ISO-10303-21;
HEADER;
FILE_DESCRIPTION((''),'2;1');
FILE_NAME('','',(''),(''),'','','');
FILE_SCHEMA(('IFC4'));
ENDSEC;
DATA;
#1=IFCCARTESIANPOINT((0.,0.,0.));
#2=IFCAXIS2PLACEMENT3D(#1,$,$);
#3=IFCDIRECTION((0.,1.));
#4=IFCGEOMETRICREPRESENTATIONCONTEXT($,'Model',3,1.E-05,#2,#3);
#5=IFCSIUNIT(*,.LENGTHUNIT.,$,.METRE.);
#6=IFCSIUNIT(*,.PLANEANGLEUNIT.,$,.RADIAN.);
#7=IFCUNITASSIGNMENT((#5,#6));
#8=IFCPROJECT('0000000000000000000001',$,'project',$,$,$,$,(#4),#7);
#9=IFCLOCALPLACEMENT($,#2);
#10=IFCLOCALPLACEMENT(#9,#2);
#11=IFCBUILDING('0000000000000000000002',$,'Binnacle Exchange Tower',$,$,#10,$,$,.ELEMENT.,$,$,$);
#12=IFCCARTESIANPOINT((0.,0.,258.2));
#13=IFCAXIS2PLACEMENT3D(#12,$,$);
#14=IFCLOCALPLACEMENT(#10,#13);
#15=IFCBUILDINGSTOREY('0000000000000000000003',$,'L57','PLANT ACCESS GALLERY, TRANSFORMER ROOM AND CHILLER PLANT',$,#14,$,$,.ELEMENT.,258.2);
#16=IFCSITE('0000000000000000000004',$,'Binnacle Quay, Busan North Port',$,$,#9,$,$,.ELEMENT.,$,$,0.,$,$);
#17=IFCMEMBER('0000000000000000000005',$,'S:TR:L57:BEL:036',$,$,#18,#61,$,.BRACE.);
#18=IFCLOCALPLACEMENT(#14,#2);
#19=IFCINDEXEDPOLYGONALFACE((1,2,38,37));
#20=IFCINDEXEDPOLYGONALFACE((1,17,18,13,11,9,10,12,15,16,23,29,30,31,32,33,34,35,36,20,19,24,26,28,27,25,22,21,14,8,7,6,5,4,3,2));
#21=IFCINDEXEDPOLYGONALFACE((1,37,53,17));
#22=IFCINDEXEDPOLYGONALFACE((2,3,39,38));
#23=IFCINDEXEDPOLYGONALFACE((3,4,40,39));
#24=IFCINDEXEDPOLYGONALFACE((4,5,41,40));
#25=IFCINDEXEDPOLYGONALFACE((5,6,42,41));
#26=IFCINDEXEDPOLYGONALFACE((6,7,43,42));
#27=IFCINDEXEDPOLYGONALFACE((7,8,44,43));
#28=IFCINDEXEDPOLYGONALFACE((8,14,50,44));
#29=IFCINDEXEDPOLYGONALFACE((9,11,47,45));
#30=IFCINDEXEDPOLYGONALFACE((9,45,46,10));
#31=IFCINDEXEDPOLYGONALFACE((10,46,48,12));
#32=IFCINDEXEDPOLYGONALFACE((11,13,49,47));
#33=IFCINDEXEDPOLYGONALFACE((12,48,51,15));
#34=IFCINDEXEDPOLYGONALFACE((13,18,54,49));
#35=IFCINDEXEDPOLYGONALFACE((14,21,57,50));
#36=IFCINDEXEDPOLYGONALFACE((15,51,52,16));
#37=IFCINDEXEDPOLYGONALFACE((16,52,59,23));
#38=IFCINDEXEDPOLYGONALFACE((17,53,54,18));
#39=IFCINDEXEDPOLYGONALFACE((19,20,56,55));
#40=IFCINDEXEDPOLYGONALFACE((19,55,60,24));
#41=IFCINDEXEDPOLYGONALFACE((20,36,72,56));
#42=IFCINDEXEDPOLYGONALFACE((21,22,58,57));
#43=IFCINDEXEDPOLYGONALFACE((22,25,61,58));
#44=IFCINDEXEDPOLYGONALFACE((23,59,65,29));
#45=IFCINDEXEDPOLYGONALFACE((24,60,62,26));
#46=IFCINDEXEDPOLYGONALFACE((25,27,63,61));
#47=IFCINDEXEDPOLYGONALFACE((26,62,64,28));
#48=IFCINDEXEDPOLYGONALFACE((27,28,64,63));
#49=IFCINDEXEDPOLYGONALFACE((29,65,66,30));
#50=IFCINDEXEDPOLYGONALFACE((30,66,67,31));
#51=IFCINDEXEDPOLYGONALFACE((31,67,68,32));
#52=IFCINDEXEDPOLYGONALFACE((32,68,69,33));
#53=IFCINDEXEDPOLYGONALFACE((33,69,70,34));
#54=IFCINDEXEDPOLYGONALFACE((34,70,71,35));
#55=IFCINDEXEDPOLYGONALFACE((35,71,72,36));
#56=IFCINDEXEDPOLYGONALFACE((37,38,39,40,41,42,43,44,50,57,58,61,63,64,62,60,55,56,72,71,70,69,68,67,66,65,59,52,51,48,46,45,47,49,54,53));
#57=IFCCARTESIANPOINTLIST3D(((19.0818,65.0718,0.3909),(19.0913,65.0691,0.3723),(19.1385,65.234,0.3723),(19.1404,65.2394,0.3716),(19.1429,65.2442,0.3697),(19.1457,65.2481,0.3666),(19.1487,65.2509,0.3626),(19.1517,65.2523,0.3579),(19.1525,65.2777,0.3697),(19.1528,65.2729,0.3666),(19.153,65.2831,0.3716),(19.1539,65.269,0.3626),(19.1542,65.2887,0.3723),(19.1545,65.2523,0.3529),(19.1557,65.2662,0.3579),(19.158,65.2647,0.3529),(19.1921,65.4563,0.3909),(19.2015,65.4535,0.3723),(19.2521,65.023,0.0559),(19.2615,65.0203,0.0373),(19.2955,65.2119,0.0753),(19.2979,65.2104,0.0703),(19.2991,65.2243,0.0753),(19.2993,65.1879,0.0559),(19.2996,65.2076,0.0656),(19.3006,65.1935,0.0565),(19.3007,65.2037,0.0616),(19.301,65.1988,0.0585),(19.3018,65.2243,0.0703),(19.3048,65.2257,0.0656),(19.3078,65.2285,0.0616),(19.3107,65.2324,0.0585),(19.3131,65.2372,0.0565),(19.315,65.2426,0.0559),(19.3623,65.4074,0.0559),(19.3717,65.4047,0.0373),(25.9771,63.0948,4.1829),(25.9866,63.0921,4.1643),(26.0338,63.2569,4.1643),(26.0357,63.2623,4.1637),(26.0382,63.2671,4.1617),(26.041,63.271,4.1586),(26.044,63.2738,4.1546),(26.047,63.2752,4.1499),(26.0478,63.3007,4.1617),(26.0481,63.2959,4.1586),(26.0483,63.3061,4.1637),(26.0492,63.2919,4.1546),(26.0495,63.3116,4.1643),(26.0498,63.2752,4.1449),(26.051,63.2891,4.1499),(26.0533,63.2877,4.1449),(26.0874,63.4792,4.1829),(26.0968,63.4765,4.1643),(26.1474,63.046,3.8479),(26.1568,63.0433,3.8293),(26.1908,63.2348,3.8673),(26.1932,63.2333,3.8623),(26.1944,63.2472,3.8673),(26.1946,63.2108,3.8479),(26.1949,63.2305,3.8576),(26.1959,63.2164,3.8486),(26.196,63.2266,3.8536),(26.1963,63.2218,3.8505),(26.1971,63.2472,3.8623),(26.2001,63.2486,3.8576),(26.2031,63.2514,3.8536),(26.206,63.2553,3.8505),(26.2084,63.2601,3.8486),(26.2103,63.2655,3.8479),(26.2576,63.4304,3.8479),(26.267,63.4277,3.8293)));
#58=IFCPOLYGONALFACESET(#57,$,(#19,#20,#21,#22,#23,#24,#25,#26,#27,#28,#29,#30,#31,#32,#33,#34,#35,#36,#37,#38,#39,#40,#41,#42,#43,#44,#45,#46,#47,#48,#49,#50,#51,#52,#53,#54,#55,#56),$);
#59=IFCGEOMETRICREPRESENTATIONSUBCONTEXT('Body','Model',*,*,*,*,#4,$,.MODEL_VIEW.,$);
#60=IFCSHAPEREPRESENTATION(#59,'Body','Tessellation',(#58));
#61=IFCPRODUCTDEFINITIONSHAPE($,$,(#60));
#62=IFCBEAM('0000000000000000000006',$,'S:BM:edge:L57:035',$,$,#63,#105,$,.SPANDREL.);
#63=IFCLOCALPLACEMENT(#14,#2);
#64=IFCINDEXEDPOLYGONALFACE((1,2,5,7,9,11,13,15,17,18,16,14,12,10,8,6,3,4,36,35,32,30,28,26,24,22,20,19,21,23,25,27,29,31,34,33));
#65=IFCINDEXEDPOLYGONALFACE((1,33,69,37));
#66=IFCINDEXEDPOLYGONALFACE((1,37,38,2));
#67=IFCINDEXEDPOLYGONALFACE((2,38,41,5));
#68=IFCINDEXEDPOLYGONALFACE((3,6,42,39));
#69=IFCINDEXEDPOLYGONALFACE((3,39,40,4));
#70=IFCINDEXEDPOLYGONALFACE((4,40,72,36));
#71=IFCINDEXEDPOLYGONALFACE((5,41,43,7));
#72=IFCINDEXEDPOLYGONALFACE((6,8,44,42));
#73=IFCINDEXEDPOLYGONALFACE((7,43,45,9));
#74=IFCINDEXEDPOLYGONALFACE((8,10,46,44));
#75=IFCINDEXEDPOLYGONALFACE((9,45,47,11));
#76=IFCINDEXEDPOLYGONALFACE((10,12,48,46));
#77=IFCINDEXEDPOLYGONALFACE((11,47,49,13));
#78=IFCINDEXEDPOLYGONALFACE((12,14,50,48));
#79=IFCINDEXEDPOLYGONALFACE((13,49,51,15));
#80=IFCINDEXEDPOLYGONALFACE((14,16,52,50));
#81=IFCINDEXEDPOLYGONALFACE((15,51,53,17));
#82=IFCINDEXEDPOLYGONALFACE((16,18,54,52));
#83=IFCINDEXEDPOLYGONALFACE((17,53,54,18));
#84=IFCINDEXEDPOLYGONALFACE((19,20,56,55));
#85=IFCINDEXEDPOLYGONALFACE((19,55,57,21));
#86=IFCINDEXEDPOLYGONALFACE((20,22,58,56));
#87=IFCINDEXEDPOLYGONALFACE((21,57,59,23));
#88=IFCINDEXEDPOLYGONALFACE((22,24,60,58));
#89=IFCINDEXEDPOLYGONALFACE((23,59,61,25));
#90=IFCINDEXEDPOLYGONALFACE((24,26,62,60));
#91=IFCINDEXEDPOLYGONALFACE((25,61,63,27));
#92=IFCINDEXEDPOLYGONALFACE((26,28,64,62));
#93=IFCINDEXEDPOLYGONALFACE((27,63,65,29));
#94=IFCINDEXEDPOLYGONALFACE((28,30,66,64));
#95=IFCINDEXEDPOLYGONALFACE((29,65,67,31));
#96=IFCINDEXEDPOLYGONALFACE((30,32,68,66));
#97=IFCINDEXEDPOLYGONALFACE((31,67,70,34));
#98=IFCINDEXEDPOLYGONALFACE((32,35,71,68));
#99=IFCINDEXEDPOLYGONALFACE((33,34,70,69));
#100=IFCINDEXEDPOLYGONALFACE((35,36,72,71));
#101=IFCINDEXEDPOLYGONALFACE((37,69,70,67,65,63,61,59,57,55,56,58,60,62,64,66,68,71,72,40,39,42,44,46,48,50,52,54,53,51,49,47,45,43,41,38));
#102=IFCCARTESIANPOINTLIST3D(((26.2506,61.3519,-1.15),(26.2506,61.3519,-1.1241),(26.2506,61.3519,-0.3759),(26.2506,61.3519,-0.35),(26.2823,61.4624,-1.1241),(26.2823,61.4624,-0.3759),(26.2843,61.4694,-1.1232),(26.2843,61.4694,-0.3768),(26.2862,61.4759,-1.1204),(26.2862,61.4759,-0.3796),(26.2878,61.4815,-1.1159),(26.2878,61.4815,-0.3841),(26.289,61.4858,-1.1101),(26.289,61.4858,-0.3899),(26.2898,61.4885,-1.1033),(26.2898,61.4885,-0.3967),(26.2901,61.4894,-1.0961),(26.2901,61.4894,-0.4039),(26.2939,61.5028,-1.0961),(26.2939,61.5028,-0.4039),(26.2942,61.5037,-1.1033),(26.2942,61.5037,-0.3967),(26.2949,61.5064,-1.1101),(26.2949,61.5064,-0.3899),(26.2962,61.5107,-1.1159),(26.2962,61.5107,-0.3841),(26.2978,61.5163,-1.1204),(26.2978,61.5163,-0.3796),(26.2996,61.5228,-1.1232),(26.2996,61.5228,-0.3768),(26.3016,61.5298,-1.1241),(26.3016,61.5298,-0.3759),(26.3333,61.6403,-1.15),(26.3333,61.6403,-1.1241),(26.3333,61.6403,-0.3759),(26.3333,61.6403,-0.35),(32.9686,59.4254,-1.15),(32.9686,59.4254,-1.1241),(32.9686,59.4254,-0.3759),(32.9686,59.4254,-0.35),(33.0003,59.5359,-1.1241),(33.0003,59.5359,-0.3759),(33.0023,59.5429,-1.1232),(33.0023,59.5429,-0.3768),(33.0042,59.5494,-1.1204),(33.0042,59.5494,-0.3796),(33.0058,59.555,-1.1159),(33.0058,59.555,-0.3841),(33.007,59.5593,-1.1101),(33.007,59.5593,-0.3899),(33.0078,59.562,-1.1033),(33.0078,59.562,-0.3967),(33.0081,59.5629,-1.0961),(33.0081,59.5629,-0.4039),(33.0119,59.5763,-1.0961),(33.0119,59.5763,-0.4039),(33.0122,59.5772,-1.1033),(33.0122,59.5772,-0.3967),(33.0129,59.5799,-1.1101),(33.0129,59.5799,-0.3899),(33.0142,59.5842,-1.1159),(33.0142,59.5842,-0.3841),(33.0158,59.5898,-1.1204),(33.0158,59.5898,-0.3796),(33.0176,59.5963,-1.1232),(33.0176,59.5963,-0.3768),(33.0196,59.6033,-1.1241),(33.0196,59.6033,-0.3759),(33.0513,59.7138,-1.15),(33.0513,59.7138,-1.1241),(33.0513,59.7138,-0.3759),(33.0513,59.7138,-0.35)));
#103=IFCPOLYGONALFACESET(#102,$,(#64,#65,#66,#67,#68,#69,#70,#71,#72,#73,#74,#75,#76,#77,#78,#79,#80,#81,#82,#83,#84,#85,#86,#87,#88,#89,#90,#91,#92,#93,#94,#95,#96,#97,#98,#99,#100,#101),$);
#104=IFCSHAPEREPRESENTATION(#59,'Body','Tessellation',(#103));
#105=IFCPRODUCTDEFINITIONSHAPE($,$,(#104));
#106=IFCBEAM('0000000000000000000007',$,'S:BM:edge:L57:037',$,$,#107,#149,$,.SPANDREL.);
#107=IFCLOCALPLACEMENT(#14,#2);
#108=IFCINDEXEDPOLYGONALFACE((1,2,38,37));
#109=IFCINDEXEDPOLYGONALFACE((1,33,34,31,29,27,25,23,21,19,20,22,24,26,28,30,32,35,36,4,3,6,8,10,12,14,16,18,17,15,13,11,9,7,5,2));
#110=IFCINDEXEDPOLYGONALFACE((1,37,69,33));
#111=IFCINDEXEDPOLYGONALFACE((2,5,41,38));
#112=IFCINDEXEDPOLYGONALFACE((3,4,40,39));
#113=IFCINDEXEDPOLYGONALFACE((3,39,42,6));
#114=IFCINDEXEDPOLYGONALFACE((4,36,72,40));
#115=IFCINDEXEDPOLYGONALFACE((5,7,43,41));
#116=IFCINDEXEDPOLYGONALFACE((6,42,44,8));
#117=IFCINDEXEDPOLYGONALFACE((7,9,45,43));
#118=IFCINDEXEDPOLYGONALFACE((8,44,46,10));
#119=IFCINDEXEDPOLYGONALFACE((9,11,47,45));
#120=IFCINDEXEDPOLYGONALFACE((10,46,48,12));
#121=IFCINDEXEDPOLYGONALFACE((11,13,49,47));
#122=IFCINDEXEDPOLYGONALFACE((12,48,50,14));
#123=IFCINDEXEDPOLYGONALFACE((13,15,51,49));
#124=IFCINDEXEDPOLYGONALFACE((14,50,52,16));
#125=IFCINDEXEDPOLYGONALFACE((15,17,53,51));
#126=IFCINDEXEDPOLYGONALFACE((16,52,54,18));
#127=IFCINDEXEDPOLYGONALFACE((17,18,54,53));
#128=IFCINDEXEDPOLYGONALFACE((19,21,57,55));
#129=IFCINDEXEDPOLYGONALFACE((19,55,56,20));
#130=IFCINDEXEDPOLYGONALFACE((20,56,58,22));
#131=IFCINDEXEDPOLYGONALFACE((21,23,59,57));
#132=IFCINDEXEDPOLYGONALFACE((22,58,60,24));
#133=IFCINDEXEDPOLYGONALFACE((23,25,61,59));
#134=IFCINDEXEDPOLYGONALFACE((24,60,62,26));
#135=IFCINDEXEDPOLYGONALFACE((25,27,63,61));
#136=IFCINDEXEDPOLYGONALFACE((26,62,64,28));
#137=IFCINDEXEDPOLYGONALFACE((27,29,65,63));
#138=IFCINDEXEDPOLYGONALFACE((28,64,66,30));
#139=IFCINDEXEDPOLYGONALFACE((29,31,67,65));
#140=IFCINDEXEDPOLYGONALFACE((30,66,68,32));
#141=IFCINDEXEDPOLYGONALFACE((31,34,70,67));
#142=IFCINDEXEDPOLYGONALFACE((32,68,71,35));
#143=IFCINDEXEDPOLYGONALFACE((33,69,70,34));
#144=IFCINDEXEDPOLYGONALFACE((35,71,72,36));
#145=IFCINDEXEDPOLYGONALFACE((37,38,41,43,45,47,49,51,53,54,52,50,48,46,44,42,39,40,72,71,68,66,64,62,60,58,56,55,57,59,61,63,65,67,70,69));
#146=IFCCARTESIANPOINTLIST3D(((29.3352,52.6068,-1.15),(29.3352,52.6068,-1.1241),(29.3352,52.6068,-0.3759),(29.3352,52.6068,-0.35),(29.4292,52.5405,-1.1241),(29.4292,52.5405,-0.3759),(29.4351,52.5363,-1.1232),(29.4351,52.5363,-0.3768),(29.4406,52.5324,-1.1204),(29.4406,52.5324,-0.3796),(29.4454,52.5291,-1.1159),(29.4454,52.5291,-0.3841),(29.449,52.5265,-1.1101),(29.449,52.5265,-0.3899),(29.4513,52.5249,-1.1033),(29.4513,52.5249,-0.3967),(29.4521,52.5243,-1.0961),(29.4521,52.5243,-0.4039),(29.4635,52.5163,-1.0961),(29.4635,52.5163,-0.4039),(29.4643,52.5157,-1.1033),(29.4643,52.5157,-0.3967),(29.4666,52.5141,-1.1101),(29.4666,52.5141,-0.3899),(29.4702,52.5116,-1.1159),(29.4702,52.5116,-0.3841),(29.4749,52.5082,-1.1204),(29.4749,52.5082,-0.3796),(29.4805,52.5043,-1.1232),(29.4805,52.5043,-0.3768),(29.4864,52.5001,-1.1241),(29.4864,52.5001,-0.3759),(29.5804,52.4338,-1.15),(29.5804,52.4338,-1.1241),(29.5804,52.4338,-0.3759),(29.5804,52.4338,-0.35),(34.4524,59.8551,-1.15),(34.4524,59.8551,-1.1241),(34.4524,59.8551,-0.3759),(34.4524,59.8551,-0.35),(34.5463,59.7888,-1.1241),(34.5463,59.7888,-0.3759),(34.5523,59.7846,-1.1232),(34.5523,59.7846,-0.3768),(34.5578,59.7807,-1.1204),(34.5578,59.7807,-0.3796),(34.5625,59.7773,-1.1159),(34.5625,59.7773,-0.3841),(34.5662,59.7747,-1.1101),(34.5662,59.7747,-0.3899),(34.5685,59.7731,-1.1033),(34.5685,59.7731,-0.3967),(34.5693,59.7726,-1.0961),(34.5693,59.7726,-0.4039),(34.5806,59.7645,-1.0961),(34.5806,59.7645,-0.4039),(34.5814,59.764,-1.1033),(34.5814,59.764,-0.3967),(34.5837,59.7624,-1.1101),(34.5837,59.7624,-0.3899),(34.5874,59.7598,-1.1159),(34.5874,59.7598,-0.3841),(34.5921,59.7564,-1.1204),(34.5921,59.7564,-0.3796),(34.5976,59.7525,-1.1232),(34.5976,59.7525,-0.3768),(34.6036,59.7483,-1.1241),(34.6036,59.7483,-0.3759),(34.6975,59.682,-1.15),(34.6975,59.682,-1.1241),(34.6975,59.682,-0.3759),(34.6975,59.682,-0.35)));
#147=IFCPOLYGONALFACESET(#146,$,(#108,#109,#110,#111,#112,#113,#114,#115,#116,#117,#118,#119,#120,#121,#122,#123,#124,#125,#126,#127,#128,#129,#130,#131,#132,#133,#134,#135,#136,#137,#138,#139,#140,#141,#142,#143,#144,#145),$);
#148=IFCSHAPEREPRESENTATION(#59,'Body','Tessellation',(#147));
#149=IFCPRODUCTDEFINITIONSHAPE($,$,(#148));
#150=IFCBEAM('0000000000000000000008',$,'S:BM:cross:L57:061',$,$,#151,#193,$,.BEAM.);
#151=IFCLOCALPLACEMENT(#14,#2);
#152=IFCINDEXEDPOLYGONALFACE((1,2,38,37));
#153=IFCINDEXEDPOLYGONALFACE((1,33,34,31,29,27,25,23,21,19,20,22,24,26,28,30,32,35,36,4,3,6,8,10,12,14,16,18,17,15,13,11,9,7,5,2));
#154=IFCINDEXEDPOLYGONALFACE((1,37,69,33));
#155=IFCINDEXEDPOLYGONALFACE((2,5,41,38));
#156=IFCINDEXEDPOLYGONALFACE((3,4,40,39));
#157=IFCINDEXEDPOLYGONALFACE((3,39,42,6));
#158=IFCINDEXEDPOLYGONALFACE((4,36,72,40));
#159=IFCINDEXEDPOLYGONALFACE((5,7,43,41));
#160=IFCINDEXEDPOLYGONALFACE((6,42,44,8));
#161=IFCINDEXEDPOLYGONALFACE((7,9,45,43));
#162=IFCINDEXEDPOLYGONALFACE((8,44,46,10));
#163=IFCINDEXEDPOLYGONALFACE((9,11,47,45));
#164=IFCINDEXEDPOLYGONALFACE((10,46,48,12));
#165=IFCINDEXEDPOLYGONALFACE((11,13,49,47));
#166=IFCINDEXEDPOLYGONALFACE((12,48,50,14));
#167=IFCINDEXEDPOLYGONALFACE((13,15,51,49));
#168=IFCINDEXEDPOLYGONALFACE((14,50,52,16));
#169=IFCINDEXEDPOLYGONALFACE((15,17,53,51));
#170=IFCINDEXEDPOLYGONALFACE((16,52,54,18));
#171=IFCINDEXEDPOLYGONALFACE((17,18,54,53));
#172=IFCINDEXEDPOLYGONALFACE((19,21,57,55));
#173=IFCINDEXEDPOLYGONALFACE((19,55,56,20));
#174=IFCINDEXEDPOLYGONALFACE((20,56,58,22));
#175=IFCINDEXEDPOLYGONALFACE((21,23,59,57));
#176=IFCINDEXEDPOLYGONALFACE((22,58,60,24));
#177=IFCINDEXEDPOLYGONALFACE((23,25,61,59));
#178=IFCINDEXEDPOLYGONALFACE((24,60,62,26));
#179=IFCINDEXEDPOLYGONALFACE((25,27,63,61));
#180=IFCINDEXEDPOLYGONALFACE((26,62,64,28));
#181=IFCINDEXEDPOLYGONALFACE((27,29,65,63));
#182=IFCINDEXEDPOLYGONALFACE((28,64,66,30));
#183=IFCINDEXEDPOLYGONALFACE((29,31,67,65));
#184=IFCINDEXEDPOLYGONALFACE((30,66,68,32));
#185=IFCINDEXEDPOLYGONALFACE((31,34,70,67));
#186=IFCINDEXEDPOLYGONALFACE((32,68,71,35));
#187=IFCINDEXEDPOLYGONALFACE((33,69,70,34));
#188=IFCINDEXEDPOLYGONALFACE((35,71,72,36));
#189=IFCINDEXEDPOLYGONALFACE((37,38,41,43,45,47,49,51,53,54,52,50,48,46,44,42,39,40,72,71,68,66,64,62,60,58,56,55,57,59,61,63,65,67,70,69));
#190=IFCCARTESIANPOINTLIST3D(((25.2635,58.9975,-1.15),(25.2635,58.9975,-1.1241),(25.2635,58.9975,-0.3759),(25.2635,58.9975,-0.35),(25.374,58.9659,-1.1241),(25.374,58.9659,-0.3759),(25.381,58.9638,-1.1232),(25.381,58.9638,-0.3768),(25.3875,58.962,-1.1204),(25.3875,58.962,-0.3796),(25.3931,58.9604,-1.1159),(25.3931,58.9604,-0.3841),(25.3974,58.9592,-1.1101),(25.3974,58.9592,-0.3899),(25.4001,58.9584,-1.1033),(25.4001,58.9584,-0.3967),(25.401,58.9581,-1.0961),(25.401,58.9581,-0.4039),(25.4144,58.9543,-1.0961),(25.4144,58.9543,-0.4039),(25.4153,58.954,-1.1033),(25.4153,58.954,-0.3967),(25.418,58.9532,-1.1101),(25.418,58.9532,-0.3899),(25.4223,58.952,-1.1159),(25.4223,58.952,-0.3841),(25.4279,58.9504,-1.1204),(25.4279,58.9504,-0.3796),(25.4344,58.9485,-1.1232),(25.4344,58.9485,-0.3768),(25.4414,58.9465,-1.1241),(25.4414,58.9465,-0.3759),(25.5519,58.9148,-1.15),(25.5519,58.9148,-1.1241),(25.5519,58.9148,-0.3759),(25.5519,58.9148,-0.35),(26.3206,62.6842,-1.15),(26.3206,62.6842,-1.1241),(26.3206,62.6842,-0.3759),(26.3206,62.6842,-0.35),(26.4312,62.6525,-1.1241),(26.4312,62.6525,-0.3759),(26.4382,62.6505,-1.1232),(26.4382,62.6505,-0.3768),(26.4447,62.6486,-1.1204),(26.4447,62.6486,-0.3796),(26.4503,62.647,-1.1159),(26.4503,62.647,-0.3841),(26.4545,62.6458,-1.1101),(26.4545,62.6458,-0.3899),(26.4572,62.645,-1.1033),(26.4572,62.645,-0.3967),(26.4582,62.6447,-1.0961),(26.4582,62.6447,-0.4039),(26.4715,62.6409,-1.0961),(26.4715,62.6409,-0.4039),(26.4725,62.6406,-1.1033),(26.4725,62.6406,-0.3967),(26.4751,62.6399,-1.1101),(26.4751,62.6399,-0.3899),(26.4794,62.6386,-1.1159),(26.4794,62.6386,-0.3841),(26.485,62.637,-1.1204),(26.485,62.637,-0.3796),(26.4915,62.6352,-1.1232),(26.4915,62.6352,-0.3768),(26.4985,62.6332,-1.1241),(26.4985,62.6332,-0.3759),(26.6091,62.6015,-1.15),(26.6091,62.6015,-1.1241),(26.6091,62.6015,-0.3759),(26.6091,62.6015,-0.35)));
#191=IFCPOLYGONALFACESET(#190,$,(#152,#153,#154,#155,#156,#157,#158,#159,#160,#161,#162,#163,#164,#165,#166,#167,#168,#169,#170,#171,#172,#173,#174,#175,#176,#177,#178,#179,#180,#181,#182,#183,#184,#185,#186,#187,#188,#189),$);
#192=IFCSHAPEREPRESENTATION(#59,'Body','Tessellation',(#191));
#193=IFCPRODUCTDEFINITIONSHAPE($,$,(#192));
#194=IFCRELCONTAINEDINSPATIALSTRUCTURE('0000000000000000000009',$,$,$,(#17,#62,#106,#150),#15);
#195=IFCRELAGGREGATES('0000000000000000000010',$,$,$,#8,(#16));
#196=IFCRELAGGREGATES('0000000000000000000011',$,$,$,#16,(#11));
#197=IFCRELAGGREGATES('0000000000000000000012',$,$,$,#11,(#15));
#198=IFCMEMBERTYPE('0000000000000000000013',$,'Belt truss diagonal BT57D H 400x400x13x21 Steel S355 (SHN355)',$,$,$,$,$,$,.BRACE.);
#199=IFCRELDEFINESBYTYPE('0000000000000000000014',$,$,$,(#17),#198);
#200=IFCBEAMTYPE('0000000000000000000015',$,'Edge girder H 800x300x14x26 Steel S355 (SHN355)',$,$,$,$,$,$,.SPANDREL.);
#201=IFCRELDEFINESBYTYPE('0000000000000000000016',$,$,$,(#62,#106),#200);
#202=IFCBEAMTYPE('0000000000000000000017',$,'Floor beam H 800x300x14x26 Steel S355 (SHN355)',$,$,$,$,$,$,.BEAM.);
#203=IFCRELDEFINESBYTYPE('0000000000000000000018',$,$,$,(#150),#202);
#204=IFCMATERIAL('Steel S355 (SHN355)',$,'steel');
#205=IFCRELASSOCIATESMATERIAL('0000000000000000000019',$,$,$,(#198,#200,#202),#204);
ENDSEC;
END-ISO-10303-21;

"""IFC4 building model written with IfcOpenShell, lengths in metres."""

from ifc_helpers import new_model, si_unit, direction, frame, origin, origin_2d, place, context, subcontext, project, spatial, i_section, extrude, material, material_profile, profile_set, type_object, element, save


model = new_model("IFC4")

# Units and contexts
model_context = context("Model", 3, precision=1e-05, world=origin(), true_north=direction((0.0, 1.0)))
body_context = subcontext(model_context, "Body", "Model", "MODEL_VIEW")
ifc_project = project(units=[si_unit("LENGTHUNIT", "METRE"), si_unit("PLANEANGLEUNIT", "RADIAN")], contexts=[model_context])

# Site, building, storey
site_placement = place(None, origin())
site = spatial("IfcSite", under=ifc_project, at=site_placement, Name="Binnacle Quay, Busan North Port", CompositionType="ELEMENT", RefElevation=0.0)
building_placement = place(site_placement, origin())
building = spatial("IfcBuilding", under=site, at=building_placement, Name="Binnacle Exchange Tower", CompositionType="ELEMENT")
storey_placement = place(building_placement, frame((0.0, 0.0, 258.2)))
storey = spatial("IfcBuildingStorey", under=building, at=storey_placement, Name="L57", Description="PLANT ACCESS GALLERY, TRANSFORMER ROOM AND CHILLER PLANT", CompositionType="ELEMENT", Elevation=258.2)

# Member
ifc_material_1 = material(Name="Steel S355 (SHN355)", Category="steel")
ifc_material_profile_1 = material_profile(ifc_material_1, i_section(OverallWidth=0.3999, OverallDepth=0.3999, WebThickness=0.0129, FlangeThickness=0.021, FilletRadius=0.022, at=origin_2d()), Name="H 400x400x13x21")
ifc_profile_set_1 = profile_set([ifc_material_profile_1], Name="Steel S355 (SHN355)")
member_type_1 = type_object("IfcMemberType", Name="Belt truss diagonal BT57D H 400x400x13x21 Steel S355 (SHN355)", PredefinedType="BRACE", material=ifc_profile_set_1)
member_1_placement = place(storey_placement, frame((26.1221, 63.2612, 4.0061), z_axis=(-0.849827, 0.243667, -0.467355), x_axis=(-0.27562, -0.961267, 0.0)))
element("IfcMember", 1, at=member_1_placement, inside=storey, type_object=member_type_1, Name="S:TR:L57:BEL:036", PredefinedType="BRACE", context=body_context, shape_type="SweptSolid", body=[
    extrude(i_section(OverallWidth=0.3999, OverallDepth=0.3999, WebThickness=0.0129, FlangeThickness=0.021, FilletRadius=0.022, at=origin_2d()), origin(), (0.0, 0.0, 1.0), 8.1138),
])

# Beams
ifc_material_profile_2 = material_profile(ifc_material_1, i_section(OverallWidth=0.3, OverallDepth=0.8, WebThickness=0.0139, FlangeThickness=0.0259, FilletRadius=0.0281, at=origin_2d()), Name="H 800x300x14x26")
ifc_profile_set_2 = profile_set([ifc_material_profile_2], Name="Steel S355 (SHN355)")
beam_type_1 = type_object("IfcBeamType", Name="Edge girder H 800x300x14x26 Steel S355 (SHN355)", PredefinedType="SPANDREL", material=ifc_profile_set_2)
beam_1_placement = place(storey_placement, frame((26.292, 61.4961, -0.75), z_axis=(0.961256, -0.275658, 0.0), x_axis=(0.275658, 0.961256, 0.0)))
element("IfcBeam", 2, at=beam_1_placement, inside=storey, type_object=beam_type_1, Name="S:BM:edge:L57:035", PredefinedType="SPANDREL", context=body_context, shape_type="SweptSolid", body=[
    extrude(i_section(OverallWidth=0.3, OverallDepth=0.8, WebThickness=0.0139, FlangeThickness=0.0259, FilletRadius=0.0281, at=origin_2d()), origin(), (0.0, 0.0, 1.0), 6.9888),
])
beam_2_placement = place(storey_placement, frame((34.575, 59.7686, -0.75), z_axis=(-0.576739, -0.816928, 0.0), x_axis=(0.816928, -0.576739, 0.0)))
element("IfcBeam", 3, at=beam_2_placement, inside=storey, type_object=beam_type_1, Name="S:BM:edge:L57:037", PredefinedType="SPANDREL", context=body_context, shape_type="SweptSolid", body=[
    extrude(i_section(OverallWidth=0.3, OverallDepth=0.8, WebThickness=0.0139, FlangeThickness=0.0259, FilletRadius=0.0281, at=origin_2d()), origin(), (0.0, 0.0, 1.0), 8.8726),
])
ifc_material_profile_3 = material_profile(ifc_material_1, i_section(OverallWidth=0.3, OverallDepth=0.8, WebThickness=0.0139, FlangeThickness=0.0259, FilletRadius=0.0281, at=origin_2d()), Name="H 800x300x14x26")
ifc_profile_set_3 = profile_set([ifc_material_profile_3], Name="Steel S355 (SHN355)")
beam_type_2 = type_object("IfcBeamType", Name="Floor beam H 800x300x14x26 Steel S355 (SHN355)", PredefinedType="BEAM", material=ifc_profile_set_3)
beam_3_placement = place(storey_placement, frame((26.4648, 62.6428, -0.75), z_axis=(-0.275646, -0.961259, 0.0), x_axis=(0.961259, -0.275646, 0.0)))
element("IfcBeam", 4, at=beam_3_placement, inside=storey, type_object=beam_type_2, Name="S:BM:cross:L57:061", PredefinedType="BEAM", context=body_context, shape_type="SweptSolid", body=[
    extrude(i_section(OverallWidth=0.3, OverallDepth=0.8, WebThickness=0.0139, FlangeThickness=0.0259, FilletRadius=0.0281, at=origin_2d()), origin(), (0.0, 0.0, 1.0), 3.8352),
])

save(model, "model.ifc")
